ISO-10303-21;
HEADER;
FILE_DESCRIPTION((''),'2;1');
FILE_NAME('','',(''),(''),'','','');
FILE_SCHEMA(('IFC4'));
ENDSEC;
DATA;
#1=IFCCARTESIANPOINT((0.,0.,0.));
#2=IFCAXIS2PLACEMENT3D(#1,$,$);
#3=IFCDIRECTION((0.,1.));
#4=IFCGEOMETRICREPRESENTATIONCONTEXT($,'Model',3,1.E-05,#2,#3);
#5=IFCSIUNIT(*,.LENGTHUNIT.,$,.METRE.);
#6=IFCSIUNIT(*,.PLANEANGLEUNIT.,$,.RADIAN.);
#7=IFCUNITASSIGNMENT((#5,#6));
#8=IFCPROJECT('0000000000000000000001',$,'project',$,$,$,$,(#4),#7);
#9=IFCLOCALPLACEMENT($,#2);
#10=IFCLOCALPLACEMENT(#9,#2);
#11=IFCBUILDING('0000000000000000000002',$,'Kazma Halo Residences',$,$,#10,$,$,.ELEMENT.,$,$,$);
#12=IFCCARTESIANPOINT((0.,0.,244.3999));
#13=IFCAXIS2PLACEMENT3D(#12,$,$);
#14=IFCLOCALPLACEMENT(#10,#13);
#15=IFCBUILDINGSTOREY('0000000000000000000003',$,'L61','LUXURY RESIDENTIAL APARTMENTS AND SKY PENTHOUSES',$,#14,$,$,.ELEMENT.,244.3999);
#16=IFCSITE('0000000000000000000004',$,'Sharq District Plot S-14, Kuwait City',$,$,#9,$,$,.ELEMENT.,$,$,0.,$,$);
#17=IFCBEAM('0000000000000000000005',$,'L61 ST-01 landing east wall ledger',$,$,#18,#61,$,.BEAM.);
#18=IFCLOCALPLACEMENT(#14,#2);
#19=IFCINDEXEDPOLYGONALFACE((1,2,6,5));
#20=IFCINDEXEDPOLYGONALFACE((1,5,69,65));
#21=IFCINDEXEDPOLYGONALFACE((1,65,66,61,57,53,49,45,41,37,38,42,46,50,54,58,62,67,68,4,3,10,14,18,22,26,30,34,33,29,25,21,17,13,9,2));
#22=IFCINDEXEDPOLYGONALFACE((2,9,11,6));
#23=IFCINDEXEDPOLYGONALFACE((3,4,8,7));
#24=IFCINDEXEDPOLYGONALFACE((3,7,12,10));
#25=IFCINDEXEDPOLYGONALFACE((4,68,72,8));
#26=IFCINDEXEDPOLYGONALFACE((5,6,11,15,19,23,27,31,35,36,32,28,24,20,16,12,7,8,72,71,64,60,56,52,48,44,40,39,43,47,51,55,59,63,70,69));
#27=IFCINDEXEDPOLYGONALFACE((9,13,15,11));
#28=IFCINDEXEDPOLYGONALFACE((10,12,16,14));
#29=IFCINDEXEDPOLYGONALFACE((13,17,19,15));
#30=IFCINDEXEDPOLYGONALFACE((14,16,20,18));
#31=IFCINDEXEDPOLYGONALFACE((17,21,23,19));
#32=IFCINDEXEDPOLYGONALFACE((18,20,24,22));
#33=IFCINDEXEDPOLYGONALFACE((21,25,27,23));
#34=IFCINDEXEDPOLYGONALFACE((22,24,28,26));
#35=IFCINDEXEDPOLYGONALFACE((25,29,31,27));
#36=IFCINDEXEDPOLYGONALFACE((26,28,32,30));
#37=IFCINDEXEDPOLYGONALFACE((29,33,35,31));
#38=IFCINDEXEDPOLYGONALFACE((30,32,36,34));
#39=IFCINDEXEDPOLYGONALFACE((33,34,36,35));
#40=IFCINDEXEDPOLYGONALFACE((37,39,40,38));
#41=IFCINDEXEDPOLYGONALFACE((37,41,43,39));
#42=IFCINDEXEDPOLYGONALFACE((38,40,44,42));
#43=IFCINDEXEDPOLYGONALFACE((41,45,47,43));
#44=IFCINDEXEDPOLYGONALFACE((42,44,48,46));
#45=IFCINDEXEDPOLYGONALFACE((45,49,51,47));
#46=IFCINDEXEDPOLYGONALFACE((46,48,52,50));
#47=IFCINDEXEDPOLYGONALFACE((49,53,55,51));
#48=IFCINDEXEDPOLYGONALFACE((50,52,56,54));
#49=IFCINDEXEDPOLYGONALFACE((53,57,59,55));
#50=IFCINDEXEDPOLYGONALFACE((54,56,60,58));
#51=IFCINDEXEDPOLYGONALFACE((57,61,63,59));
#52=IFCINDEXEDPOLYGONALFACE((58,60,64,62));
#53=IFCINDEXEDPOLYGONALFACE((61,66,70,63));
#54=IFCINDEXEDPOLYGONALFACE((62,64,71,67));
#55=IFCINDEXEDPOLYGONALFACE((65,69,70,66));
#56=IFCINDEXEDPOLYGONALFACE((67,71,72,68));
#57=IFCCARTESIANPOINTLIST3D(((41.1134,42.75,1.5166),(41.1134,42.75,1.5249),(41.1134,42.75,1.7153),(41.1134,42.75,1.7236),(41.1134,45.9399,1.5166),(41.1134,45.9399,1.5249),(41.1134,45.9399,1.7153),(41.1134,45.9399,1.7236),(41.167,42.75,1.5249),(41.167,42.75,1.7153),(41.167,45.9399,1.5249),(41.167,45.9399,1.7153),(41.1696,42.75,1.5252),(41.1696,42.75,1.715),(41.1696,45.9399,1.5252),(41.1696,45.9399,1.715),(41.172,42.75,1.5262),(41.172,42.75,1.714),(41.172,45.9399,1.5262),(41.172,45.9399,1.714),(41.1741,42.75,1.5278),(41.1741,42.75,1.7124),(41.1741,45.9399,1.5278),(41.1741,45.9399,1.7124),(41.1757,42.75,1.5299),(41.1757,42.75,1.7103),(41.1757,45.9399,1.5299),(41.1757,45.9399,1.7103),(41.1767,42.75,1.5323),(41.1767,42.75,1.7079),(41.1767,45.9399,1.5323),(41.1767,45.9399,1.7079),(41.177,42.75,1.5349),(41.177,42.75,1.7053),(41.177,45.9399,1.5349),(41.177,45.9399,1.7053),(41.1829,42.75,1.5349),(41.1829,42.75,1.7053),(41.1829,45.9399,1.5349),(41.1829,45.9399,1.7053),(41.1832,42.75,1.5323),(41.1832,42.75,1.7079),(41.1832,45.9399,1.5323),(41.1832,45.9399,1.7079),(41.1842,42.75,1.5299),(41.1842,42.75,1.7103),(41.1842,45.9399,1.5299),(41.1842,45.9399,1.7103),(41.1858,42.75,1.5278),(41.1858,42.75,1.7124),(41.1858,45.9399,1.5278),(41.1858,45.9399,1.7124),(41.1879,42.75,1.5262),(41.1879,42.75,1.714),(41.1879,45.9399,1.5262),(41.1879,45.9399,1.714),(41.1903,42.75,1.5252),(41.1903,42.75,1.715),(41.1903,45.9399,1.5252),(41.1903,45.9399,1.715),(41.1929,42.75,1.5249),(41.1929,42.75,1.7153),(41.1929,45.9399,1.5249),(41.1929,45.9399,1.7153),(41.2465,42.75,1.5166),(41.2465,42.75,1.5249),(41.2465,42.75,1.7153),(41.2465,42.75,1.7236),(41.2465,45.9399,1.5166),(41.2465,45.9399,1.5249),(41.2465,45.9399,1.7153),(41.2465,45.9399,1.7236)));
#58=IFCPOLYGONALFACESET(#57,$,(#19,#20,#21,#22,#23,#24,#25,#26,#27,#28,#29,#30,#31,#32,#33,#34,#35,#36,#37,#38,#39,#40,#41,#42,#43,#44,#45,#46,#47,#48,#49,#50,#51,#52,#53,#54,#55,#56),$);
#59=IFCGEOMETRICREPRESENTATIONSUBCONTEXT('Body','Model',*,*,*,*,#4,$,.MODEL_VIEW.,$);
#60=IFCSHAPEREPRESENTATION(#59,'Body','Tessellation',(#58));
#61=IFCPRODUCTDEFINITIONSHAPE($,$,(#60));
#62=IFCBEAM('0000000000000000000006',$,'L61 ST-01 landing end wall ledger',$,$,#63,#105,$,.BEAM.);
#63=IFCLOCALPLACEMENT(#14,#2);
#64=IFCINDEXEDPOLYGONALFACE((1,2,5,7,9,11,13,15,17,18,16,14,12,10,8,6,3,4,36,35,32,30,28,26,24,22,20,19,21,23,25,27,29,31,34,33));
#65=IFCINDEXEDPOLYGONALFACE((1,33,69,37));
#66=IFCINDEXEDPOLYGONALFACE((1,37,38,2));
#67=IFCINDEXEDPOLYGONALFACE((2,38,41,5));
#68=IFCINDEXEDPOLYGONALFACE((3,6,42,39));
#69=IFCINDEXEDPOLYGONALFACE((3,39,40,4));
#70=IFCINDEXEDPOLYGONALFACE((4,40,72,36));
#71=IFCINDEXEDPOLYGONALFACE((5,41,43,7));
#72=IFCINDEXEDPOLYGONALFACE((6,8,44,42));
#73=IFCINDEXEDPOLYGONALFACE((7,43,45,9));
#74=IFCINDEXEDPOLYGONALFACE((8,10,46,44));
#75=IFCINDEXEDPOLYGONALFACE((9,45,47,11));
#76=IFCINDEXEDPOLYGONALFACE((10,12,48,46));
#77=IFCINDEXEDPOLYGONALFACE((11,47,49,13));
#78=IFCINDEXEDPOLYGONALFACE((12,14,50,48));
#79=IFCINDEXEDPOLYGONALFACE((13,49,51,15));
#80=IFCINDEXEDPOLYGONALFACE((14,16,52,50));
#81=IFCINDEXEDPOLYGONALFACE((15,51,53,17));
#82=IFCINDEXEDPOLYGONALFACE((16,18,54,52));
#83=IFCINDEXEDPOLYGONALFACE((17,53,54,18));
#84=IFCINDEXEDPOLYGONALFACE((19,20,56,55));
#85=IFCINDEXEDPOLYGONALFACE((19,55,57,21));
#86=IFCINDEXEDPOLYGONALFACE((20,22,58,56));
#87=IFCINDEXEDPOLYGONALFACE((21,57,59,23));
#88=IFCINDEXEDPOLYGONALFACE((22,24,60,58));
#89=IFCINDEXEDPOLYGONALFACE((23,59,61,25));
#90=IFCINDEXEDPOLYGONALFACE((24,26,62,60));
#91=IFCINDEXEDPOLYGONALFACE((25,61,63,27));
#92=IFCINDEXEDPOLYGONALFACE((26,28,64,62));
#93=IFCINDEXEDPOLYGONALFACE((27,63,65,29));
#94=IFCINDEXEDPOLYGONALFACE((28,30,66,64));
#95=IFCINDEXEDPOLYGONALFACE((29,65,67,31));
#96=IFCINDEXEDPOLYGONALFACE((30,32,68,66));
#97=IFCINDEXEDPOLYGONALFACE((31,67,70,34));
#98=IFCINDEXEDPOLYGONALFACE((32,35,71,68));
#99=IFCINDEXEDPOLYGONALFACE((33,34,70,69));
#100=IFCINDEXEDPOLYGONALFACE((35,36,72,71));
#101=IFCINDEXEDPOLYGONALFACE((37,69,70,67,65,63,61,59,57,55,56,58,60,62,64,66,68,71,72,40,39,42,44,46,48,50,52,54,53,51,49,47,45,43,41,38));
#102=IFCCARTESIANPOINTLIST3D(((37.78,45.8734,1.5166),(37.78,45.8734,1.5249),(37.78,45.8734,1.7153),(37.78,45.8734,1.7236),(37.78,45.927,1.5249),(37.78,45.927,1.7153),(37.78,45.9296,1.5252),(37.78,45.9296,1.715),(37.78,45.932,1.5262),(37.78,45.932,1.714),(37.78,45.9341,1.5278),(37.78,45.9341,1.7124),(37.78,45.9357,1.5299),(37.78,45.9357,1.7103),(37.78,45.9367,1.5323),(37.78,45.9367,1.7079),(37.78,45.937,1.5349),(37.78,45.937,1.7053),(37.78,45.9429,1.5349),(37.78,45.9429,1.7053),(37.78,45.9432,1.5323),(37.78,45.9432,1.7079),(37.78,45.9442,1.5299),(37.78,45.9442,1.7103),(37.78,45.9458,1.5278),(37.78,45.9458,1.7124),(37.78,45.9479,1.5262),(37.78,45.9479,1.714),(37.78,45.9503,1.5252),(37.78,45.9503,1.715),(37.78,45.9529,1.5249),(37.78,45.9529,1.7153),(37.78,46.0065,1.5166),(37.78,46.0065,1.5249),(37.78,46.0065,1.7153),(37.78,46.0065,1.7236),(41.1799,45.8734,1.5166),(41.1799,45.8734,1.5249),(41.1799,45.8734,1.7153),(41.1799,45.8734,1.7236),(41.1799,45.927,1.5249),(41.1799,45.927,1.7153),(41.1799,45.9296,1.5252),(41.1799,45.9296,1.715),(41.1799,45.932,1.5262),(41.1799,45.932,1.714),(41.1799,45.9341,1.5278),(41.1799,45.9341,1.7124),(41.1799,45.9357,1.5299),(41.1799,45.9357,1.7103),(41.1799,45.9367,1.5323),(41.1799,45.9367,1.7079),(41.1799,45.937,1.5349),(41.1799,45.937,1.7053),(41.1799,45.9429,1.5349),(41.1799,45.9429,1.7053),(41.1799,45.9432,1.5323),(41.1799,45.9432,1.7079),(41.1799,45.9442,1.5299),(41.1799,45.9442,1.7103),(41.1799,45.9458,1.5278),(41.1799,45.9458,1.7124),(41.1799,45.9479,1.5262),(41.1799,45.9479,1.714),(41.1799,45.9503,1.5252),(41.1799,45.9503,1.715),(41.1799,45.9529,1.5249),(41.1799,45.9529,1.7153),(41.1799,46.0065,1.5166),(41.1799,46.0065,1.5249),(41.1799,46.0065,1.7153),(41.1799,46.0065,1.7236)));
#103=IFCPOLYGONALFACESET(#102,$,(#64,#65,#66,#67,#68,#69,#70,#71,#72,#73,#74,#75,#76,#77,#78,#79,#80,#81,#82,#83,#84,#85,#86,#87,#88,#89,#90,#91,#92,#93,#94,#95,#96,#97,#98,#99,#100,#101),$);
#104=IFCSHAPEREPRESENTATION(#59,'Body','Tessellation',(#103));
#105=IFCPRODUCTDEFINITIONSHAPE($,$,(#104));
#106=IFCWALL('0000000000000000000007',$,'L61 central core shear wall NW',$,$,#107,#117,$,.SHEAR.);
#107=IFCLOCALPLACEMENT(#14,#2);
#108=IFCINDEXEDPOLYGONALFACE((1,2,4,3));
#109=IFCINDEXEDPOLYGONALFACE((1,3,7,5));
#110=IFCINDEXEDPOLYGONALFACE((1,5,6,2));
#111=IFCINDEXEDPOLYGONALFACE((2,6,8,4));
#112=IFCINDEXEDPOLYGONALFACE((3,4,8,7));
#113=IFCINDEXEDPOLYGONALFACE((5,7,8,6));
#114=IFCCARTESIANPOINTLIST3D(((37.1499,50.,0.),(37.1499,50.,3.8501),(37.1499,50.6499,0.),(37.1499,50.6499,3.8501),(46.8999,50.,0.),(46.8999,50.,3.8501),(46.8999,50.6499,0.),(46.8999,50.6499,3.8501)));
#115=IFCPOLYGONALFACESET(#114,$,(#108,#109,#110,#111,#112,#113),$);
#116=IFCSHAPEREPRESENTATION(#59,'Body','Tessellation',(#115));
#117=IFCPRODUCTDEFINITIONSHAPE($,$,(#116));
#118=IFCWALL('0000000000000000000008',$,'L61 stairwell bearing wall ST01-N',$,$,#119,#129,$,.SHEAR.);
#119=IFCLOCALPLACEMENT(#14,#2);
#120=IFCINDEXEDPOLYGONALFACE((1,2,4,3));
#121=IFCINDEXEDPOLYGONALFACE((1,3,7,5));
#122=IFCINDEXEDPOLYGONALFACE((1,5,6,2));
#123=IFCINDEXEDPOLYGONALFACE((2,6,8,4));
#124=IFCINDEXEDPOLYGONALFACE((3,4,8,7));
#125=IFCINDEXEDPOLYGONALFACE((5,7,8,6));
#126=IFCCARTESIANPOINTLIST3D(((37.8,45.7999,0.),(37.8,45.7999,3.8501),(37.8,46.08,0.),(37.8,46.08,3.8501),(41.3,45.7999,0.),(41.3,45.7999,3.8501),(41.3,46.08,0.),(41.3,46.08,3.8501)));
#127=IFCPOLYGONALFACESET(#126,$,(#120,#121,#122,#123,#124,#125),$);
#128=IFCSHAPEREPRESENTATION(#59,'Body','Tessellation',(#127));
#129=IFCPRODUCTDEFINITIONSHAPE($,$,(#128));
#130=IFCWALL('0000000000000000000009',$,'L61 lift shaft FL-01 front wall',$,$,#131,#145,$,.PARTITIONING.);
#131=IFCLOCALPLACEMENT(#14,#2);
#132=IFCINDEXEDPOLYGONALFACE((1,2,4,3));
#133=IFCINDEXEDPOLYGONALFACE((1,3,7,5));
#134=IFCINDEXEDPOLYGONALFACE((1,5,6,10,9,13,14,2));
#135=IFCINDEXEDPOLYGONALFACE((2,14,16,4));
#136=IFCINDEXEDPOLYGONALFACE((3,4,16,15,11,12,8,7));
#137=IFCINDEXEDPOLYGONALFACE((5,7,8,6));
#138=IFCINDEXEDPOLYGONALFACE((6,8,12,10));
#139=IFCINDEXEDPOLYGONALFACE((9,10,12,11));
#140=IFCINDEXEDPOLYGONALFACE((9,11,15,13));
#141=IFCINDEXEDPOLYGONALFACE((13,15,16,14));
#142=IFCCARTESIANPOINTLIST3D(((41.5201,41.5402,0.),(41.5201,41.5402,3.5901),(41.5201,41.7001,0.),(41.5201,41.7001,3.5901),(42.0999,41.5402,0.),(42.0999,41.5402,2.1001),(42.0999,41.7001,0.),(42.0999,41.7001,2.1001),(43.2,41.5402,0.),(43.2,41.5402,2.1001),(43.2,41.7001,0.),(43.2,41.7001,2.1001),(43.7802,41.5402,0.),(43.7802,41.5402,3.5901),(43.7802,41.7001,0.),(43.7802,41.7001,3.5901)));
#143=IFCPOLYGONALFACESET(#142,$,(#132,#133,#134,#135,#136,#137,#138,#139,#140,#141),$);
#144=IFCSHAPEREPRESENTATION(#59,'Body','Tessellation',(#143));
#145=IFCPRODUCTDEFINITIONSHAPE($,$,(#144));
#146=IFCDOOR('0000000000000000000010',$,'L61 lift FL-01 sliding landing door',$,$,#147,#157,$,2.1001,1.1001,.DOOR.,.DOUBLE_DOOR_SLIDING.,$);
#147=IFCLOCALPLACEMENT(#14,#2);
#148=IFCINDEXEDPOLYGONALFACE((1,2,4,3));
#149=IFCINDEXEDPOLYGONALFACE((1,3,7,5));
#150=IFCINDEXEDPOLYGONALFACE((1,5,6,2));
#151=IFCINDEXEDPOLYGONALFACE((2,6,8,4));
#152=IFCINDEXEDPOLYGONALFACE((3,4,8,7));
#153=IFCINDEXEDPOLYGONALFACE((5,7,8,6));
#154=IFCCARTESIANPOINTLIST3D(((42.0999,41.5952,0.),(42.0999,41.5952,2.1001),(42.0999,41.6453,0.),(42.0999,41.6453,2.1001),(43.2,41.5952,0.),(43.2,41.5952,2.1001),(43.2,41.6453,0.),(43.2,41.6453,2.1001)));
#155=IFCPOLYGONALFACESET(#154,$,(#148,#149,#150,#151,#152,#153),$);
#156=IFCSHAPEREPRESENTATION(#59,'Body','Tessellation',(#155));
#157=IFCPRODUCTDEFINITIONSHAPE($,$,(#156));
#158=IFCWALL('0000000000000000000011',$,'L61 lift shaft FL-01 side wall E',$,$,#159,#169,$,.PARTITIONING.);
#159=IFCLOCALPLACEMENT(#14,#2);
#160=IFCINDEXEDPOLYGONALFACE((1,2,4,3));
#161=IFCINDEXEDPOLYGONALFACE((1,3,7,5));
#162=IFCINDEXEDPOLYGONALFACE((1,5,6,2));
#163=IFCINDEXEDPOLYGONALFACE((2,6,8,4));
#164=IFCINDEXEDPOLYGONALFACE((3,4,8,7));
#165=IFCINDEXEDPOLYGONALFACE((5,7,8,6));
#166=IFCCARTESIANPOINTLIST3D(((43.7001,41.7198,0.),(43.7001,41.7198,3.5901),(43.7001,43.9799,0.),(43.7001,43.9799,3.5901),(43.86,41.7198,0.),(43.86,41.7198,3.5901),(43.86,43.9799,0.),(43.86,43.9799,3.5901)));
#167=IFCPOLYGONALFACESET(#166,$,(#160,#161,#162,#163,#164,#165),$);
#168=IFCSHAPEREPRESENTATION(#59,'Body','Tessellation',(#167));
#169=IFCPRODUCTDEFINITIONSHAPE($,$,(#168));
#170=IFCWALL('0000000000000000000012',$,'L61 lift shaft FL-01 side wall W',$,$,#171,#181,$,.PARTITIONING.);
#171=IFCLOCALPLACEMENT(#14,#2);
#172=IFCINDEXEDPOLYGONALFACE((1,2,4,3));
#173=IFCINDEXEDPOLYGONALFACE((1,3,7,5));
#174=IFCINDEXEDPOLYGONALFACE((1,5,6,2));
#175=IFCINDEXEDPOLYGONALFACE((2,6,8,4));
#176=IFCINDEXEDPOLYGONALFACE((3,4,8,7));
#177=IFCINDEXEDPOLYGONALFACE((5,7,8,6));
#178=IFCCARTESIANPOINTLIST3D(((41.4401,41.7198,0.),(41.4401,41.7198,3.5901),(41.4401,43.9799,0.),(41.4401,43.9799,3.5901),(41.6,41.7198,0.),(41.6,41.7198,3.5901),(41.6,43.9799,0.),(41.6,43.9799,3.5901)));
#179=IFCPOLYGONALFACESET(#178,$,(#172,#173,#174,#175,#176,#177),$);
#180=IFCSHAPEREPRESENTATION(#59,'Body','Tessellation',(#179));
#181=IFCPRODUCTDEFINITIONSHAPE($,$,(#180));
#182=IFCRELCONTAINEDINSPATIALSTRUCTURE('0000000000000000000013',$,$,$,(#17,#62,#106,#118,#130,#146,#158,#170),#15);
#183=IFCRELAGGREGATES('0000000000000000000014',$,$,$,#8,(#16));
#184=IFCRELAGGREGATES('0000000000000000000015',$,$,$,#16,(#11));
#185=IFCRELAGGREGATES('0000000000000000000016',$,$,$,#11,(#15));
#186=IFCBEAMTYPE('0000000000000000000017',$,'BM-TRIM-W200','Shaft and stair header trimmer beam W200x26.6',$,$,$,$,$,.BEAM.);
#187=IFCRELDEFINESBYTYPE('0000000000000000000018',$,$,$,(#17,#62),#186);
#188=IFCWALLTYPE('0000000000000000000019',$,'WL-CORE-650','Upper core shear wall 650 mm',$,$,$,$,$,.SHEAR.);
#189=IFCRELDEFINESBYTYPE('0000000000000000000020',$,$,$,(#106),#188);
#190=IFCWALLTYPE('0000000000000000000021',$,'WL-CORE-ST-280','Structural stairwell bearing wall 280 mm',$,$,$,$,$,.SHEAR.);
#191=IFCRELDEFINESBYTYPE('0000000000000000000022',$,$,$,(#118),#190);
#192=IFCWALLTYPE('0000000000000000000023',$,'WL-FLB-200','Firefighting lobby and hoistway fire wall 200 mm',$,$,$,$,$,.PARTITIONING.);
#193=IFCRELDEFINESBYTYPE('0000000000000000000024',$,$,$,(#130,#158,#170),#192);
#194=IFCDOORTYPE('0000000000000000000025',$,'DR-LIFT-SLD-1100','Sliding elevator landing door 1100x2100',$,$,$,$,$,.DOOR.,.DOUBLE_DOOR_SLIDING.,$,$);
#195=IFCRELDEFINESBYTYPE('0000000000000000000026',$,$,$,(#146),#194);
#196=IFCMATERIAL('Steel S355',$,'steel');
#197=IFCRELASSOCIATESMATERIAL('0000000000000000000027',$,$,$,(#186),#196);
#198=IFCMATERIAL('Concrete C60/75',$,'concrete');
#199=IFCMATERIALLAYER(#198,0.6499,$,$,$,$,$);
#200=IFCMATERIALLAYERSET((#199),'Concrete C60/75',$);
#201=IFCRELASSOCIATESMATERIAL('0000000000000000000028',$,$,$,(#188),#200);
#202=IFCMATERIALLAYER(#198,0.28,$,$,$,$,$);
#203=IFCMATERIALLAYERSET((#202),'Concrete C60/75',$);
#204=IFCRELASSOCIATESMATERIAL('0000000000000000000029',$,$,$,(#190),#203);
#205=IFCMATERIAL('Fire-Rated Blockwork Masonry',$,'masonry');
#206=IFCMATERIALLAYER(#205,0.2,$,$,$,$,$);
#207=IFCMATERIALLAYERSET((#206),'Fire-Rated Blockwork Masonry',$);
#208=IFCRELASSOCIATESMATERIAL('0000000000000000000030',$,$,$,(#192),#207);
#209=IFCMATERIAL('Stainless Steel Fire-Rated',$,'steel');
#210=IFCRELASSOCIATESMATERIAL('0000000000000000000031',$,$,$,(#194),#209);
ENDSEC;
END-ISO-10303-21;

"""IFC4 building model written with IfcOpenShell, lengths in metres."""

from ifc_helpers import new_model, si_unit, direction, frame, frame_2d, origin, origin_2d, place, context, subcontext, project, spatial, rectangle, i_section, extrude, material, layer, layer_set, material_profile, profile_set, type_object, element, fill, save


model = new_model("IFC4")

# Units and contexts
model_context = context("Model", 3, precision=1e-05, world=origin(), true_north=direction((0.0, 1.0)))
body_context = subcontext(model_context, "Body", "Model", "MODEL_VIEW")
ifc_project = project(units=[si_unit("LENGTHUNIT", "METRE"), si_unit("PLANEANGLEUNIT", "RADIAN")], contexts=[model_context])

# Site, building, storey
site_placement = place(None, origin())
site = spatial("IfcSite", under=ifc_project, at=site_placement, Name="Sharq District Plot S-14, Kuwait City", CompositionType="ELEMENT", RefElevation=0.0)
building_placement = place(site_placement, origin())
building = spatial("IfcBuilding", under=site, at=building_placement, Name="Kazma Halo Residences", CompositionType="ELEMENT")
storey_placement = place(building_placement, frame((0.0, 0.0, 244.3999)))
storey = spatial("IfcBuildingStorey", under=building, at=storey_placement, Name="L61", Description="LUXURY RESIDENTIAL APARTMENTS AND SKY PENTHOUSES", CompositionType="ELEMENT", Elevation=244.3999)

# Shared definitions
ifc_material_1 = material(Name="Steel S355", Category="steel")

# Beams
ifc_material_profile_1 = material_profile(ifc_material_1, i_section(OverallWidth=0.1331, OverallDepth=0.207, WebThickness=0.0059, FlangeThickness=0.0083, FilletRadius=0.01, at=origin_2d()), Name="W200x26.6")
ifc_profile_set_1 = profile_set([ifc_material_profile_1], Name="Steel S355")
beam_type_1 = type_object("IfcBeamType", Name="BM-TRIM-W200", Description="Shaft and stair header trimmer beam W200x26.6", PredefinedType="BEAM", material=ifc_profile_set_1)
beam_1_placement = place(storey_placement, frame((41.1799, 42.75, 1.6201), z_axis=(0.0, 1.0, 0.0), x_axis=(-1.0, 0.0, 0.0)))
element("IfcBeam", 1, at=beam_1_placement, inside=storey, type_object=beam_type_1, Name="L61 ST-01 landing east wall ledger", PredefinedType="BEAM", context=body_context, shape_type="SweptSolid", body=[
    extrude(i_section(OverallWidth=0.1331, OverallDepth=0.207, WebThickness=0.0059, FlangeThickness=0.0083, FilletRadius=0.01, at=origin_2d()), origin(), (0.0, 0.0, 1.0), 3.1899),
])
beam_2_placement = place(storey_placement, frame((37.78, 45.9399, 1.6201), z_axis=(1.0, 0.0, 0.0), x_axis=(0.0, 1.0, 0.0)))
element("IfcBeam", 2, at=beam_2_placement, inside=storey, type_object=beam_type_1, Name="L61 ST-01 landing end wall ledger", PredefinedType="BEAM", context=body_context, shape_type="SweptSolid", body=[
    extrude(i_section(OverallWidth=0.1331, OverallDepth=0.207, WebThickness=0.0059, FlangeThickness=0.0083, FilletRadius=0.01, at=origin_2d()), origin(), (0.0, 0.0, 1.0), 3.3999),
])

# Walls
ifc_material_2 = material(Name="Concrete C60/75", Category="concrete")
ifc_layer_1 = layer(ifc_material_2, 0.6499)
ifc_layer_set_1 = layer_set([ifc_layer_1], Name="Concrete C60/75")
wall_type_1 = type_object("IfcWallType", Name="WL-CORE-650", Description="Upper core shear wall 650 mm", PredefinedType="SHEAR", material=ifc_layer_set_1)
wall_1_placement = place(storey_placement, frame((37.1499, 50.325, 0.0), z_axis=(0.0, 0.0, 1.0), x_axis=(1.0, 0.0, 0.0)))
element("IfcWall", 3, at=wall_1_placement, inside=storey, type_object=wall_type_1, Name="L61 central core shear wall NW", PredefinedType="SHEAR", context=body_context, shape_type="SweptSolid", body=[
    extrude(rectangle(XDim=9.75, YDim=0.6499, at=frame_2d((4.875, 0.0))), origin(), (0.0, 0.0, 1.0), 3.8501),
])
ifc_layer_2 = layer(ifc_material_2, 0.28)
ifc_layer_set_2 = layer_set([ifc_layer_2], Name="Concrete C60/75")
wall_type_2 = type_object("IfcWallType", Name="WL-CORE-ST-280", Description="Structural stairwell bearing wall 280 mm", PredefinedType="SHEAR", material=ifc_layer_set_2)
wall_2_placement = place(storey_placement, frame((37.8, 45.9399, 0.0), z_axis=(0.0, 0.0, 1.0), x_axis=(1.0, 0.0, 0.0)))
element("IfcWall", 4, at=wall_2_placement, inside=storey, type_object=wall_type_2, Name="L61 stairwell bearing wall ST01-N", PredefinedType="SHEAR", context=body_context, shape_type="SweptSolid", body=[
    extrude(rectangle(XDim=3.5, YDim=0.28, at=frame_2d((1.75, 0.0))), origin(), (0.0, 0.0, 1.0), 3.8501),
])

# Wall, opening, door
ifc_material_3 = material(Name="Fire-Rated Blockwork Masonry", Category="masonry")
ifc_layer_3 = layer(ifc_material_3, 0.2)
ifc_layer_set_3 = layer_set([ifc_layer_3], Name="Fire-Rated Blockwork Masonry")
wall_type_3 = type_object("IfcWallType", Name="WL-FLB-200", Description="Firefighting lobby and hoistway fire wall 200 mm", PredefinedType="PARTITIONING", material=ifc_layer_set_3)
wall_3_placement = place(storey_placement, frame((43.78, 41.6201, 0.0), z_axis=(0.0, 0.0, 1.0), x_axis=(-1.0, 0.0, 0.0)))
wall_3 = element("IfcWall", 5, at=wall_3_placement, inside=storey, type_object=wall_type_3, Name="L61 lift shaft FL-01 front wall", PredefinedType="PARTITIONING", context=body_context, shape_type="SweptSolid", body=[
    extrude(rectangle(XDim=2.26, YDim=0.1599, at=frame_2d((1.1299, 0.0))), origin(), (0.0, 0.0, 1.0), 3.5901),
])
opening_1_placement = place(wall_3_placement, frame((0.5801, 0.0, 0.0)))
opening_1 = element("IfcOpeningElement", 6, at=opening_1_placement, cuts=wall_3, PredefinedType="OPENING", context=body_context, shape_type="SweptSolid", body=[
    extrude(rectangle(XDim=1.1001, YDim=2.1001, at=frame_2d((0.55, 1.05))), frame((0.0, 0.0898, 0.0), z_axis=(0.0, -1.0, 0.0), x_axis=(1.0, 0.0, 0.0)), (0.0, 0.0, 1.0), 0.1799),
])
ifc_material_4 = material(Name="Stainless Steel Fire-Rated", Category="steel")
door_type_1 = type_object("IfcDoorType", Name="DR-LIFT-SLD-1100", Description="Sliding elevator landing door 1100x2100", OperationType="DOUBLE_DOOR_SLIDING", PredefinedType="DOOR", material=ifc_material_4)
door_1_placement = place(opening_1_placement, origin())
door_1 = element("IfcDoor", 7, at=door_1_placement, inside=storey, type_object=door_type_1, Name="L61 lift FL-01 sliding landing door", OperationType="DOUBLE_DOOR_SLIDING", OverallHeight=2.1001, OverallWidth=1.1001, PredefinedType="DOOR", context=body_context, shape_type="SweptSolid", body=[
    extrude(rectangle(XDim=1.1001, YDim=2.1001, at=frame_2d((0.55, 1.05))), frame((0.0, 0.0249, 0.0), z_axis=(0.0, -1.0, 0.0), x_axis=(1.0, 0.0, 0.0)), (0.0, 0.0, 1.0), 0.05),
])
fill(opening_1, door_1)

# Walls
for number, where, z_axis, x_axis, name in (
    (8, (43.78, 41.72, 0.0), (0.0, 0.0, 1.0), (0.0, 1.0, 0.0), "L61 lift shaft FL-01 side wall E"),
    (9, (41.52, 41.72, 0.0), (0.0, 0.0, 1.0), (0.0, 1.0, 0.0), "L61 lift shaft FL-01 side wall W"),
):
    element("IfcWall", number, at=place(storey_placement, frame(where, z_axis=z_axis, x_axis=x_axis)), inside=storey, type_object=wall_type_3, Name=name, PredefinedType="PARTITIONING", context=body_context, shape_type="SweptSolid", body=[
        extrude(rectangle(XDim=2.26, YDim=0.1599, at=frame_2d((1.1299, 0.0))), origin(), (0.0, 0.0, 1.0), 3.5901),
    ])

save(model, "model.ifc")
